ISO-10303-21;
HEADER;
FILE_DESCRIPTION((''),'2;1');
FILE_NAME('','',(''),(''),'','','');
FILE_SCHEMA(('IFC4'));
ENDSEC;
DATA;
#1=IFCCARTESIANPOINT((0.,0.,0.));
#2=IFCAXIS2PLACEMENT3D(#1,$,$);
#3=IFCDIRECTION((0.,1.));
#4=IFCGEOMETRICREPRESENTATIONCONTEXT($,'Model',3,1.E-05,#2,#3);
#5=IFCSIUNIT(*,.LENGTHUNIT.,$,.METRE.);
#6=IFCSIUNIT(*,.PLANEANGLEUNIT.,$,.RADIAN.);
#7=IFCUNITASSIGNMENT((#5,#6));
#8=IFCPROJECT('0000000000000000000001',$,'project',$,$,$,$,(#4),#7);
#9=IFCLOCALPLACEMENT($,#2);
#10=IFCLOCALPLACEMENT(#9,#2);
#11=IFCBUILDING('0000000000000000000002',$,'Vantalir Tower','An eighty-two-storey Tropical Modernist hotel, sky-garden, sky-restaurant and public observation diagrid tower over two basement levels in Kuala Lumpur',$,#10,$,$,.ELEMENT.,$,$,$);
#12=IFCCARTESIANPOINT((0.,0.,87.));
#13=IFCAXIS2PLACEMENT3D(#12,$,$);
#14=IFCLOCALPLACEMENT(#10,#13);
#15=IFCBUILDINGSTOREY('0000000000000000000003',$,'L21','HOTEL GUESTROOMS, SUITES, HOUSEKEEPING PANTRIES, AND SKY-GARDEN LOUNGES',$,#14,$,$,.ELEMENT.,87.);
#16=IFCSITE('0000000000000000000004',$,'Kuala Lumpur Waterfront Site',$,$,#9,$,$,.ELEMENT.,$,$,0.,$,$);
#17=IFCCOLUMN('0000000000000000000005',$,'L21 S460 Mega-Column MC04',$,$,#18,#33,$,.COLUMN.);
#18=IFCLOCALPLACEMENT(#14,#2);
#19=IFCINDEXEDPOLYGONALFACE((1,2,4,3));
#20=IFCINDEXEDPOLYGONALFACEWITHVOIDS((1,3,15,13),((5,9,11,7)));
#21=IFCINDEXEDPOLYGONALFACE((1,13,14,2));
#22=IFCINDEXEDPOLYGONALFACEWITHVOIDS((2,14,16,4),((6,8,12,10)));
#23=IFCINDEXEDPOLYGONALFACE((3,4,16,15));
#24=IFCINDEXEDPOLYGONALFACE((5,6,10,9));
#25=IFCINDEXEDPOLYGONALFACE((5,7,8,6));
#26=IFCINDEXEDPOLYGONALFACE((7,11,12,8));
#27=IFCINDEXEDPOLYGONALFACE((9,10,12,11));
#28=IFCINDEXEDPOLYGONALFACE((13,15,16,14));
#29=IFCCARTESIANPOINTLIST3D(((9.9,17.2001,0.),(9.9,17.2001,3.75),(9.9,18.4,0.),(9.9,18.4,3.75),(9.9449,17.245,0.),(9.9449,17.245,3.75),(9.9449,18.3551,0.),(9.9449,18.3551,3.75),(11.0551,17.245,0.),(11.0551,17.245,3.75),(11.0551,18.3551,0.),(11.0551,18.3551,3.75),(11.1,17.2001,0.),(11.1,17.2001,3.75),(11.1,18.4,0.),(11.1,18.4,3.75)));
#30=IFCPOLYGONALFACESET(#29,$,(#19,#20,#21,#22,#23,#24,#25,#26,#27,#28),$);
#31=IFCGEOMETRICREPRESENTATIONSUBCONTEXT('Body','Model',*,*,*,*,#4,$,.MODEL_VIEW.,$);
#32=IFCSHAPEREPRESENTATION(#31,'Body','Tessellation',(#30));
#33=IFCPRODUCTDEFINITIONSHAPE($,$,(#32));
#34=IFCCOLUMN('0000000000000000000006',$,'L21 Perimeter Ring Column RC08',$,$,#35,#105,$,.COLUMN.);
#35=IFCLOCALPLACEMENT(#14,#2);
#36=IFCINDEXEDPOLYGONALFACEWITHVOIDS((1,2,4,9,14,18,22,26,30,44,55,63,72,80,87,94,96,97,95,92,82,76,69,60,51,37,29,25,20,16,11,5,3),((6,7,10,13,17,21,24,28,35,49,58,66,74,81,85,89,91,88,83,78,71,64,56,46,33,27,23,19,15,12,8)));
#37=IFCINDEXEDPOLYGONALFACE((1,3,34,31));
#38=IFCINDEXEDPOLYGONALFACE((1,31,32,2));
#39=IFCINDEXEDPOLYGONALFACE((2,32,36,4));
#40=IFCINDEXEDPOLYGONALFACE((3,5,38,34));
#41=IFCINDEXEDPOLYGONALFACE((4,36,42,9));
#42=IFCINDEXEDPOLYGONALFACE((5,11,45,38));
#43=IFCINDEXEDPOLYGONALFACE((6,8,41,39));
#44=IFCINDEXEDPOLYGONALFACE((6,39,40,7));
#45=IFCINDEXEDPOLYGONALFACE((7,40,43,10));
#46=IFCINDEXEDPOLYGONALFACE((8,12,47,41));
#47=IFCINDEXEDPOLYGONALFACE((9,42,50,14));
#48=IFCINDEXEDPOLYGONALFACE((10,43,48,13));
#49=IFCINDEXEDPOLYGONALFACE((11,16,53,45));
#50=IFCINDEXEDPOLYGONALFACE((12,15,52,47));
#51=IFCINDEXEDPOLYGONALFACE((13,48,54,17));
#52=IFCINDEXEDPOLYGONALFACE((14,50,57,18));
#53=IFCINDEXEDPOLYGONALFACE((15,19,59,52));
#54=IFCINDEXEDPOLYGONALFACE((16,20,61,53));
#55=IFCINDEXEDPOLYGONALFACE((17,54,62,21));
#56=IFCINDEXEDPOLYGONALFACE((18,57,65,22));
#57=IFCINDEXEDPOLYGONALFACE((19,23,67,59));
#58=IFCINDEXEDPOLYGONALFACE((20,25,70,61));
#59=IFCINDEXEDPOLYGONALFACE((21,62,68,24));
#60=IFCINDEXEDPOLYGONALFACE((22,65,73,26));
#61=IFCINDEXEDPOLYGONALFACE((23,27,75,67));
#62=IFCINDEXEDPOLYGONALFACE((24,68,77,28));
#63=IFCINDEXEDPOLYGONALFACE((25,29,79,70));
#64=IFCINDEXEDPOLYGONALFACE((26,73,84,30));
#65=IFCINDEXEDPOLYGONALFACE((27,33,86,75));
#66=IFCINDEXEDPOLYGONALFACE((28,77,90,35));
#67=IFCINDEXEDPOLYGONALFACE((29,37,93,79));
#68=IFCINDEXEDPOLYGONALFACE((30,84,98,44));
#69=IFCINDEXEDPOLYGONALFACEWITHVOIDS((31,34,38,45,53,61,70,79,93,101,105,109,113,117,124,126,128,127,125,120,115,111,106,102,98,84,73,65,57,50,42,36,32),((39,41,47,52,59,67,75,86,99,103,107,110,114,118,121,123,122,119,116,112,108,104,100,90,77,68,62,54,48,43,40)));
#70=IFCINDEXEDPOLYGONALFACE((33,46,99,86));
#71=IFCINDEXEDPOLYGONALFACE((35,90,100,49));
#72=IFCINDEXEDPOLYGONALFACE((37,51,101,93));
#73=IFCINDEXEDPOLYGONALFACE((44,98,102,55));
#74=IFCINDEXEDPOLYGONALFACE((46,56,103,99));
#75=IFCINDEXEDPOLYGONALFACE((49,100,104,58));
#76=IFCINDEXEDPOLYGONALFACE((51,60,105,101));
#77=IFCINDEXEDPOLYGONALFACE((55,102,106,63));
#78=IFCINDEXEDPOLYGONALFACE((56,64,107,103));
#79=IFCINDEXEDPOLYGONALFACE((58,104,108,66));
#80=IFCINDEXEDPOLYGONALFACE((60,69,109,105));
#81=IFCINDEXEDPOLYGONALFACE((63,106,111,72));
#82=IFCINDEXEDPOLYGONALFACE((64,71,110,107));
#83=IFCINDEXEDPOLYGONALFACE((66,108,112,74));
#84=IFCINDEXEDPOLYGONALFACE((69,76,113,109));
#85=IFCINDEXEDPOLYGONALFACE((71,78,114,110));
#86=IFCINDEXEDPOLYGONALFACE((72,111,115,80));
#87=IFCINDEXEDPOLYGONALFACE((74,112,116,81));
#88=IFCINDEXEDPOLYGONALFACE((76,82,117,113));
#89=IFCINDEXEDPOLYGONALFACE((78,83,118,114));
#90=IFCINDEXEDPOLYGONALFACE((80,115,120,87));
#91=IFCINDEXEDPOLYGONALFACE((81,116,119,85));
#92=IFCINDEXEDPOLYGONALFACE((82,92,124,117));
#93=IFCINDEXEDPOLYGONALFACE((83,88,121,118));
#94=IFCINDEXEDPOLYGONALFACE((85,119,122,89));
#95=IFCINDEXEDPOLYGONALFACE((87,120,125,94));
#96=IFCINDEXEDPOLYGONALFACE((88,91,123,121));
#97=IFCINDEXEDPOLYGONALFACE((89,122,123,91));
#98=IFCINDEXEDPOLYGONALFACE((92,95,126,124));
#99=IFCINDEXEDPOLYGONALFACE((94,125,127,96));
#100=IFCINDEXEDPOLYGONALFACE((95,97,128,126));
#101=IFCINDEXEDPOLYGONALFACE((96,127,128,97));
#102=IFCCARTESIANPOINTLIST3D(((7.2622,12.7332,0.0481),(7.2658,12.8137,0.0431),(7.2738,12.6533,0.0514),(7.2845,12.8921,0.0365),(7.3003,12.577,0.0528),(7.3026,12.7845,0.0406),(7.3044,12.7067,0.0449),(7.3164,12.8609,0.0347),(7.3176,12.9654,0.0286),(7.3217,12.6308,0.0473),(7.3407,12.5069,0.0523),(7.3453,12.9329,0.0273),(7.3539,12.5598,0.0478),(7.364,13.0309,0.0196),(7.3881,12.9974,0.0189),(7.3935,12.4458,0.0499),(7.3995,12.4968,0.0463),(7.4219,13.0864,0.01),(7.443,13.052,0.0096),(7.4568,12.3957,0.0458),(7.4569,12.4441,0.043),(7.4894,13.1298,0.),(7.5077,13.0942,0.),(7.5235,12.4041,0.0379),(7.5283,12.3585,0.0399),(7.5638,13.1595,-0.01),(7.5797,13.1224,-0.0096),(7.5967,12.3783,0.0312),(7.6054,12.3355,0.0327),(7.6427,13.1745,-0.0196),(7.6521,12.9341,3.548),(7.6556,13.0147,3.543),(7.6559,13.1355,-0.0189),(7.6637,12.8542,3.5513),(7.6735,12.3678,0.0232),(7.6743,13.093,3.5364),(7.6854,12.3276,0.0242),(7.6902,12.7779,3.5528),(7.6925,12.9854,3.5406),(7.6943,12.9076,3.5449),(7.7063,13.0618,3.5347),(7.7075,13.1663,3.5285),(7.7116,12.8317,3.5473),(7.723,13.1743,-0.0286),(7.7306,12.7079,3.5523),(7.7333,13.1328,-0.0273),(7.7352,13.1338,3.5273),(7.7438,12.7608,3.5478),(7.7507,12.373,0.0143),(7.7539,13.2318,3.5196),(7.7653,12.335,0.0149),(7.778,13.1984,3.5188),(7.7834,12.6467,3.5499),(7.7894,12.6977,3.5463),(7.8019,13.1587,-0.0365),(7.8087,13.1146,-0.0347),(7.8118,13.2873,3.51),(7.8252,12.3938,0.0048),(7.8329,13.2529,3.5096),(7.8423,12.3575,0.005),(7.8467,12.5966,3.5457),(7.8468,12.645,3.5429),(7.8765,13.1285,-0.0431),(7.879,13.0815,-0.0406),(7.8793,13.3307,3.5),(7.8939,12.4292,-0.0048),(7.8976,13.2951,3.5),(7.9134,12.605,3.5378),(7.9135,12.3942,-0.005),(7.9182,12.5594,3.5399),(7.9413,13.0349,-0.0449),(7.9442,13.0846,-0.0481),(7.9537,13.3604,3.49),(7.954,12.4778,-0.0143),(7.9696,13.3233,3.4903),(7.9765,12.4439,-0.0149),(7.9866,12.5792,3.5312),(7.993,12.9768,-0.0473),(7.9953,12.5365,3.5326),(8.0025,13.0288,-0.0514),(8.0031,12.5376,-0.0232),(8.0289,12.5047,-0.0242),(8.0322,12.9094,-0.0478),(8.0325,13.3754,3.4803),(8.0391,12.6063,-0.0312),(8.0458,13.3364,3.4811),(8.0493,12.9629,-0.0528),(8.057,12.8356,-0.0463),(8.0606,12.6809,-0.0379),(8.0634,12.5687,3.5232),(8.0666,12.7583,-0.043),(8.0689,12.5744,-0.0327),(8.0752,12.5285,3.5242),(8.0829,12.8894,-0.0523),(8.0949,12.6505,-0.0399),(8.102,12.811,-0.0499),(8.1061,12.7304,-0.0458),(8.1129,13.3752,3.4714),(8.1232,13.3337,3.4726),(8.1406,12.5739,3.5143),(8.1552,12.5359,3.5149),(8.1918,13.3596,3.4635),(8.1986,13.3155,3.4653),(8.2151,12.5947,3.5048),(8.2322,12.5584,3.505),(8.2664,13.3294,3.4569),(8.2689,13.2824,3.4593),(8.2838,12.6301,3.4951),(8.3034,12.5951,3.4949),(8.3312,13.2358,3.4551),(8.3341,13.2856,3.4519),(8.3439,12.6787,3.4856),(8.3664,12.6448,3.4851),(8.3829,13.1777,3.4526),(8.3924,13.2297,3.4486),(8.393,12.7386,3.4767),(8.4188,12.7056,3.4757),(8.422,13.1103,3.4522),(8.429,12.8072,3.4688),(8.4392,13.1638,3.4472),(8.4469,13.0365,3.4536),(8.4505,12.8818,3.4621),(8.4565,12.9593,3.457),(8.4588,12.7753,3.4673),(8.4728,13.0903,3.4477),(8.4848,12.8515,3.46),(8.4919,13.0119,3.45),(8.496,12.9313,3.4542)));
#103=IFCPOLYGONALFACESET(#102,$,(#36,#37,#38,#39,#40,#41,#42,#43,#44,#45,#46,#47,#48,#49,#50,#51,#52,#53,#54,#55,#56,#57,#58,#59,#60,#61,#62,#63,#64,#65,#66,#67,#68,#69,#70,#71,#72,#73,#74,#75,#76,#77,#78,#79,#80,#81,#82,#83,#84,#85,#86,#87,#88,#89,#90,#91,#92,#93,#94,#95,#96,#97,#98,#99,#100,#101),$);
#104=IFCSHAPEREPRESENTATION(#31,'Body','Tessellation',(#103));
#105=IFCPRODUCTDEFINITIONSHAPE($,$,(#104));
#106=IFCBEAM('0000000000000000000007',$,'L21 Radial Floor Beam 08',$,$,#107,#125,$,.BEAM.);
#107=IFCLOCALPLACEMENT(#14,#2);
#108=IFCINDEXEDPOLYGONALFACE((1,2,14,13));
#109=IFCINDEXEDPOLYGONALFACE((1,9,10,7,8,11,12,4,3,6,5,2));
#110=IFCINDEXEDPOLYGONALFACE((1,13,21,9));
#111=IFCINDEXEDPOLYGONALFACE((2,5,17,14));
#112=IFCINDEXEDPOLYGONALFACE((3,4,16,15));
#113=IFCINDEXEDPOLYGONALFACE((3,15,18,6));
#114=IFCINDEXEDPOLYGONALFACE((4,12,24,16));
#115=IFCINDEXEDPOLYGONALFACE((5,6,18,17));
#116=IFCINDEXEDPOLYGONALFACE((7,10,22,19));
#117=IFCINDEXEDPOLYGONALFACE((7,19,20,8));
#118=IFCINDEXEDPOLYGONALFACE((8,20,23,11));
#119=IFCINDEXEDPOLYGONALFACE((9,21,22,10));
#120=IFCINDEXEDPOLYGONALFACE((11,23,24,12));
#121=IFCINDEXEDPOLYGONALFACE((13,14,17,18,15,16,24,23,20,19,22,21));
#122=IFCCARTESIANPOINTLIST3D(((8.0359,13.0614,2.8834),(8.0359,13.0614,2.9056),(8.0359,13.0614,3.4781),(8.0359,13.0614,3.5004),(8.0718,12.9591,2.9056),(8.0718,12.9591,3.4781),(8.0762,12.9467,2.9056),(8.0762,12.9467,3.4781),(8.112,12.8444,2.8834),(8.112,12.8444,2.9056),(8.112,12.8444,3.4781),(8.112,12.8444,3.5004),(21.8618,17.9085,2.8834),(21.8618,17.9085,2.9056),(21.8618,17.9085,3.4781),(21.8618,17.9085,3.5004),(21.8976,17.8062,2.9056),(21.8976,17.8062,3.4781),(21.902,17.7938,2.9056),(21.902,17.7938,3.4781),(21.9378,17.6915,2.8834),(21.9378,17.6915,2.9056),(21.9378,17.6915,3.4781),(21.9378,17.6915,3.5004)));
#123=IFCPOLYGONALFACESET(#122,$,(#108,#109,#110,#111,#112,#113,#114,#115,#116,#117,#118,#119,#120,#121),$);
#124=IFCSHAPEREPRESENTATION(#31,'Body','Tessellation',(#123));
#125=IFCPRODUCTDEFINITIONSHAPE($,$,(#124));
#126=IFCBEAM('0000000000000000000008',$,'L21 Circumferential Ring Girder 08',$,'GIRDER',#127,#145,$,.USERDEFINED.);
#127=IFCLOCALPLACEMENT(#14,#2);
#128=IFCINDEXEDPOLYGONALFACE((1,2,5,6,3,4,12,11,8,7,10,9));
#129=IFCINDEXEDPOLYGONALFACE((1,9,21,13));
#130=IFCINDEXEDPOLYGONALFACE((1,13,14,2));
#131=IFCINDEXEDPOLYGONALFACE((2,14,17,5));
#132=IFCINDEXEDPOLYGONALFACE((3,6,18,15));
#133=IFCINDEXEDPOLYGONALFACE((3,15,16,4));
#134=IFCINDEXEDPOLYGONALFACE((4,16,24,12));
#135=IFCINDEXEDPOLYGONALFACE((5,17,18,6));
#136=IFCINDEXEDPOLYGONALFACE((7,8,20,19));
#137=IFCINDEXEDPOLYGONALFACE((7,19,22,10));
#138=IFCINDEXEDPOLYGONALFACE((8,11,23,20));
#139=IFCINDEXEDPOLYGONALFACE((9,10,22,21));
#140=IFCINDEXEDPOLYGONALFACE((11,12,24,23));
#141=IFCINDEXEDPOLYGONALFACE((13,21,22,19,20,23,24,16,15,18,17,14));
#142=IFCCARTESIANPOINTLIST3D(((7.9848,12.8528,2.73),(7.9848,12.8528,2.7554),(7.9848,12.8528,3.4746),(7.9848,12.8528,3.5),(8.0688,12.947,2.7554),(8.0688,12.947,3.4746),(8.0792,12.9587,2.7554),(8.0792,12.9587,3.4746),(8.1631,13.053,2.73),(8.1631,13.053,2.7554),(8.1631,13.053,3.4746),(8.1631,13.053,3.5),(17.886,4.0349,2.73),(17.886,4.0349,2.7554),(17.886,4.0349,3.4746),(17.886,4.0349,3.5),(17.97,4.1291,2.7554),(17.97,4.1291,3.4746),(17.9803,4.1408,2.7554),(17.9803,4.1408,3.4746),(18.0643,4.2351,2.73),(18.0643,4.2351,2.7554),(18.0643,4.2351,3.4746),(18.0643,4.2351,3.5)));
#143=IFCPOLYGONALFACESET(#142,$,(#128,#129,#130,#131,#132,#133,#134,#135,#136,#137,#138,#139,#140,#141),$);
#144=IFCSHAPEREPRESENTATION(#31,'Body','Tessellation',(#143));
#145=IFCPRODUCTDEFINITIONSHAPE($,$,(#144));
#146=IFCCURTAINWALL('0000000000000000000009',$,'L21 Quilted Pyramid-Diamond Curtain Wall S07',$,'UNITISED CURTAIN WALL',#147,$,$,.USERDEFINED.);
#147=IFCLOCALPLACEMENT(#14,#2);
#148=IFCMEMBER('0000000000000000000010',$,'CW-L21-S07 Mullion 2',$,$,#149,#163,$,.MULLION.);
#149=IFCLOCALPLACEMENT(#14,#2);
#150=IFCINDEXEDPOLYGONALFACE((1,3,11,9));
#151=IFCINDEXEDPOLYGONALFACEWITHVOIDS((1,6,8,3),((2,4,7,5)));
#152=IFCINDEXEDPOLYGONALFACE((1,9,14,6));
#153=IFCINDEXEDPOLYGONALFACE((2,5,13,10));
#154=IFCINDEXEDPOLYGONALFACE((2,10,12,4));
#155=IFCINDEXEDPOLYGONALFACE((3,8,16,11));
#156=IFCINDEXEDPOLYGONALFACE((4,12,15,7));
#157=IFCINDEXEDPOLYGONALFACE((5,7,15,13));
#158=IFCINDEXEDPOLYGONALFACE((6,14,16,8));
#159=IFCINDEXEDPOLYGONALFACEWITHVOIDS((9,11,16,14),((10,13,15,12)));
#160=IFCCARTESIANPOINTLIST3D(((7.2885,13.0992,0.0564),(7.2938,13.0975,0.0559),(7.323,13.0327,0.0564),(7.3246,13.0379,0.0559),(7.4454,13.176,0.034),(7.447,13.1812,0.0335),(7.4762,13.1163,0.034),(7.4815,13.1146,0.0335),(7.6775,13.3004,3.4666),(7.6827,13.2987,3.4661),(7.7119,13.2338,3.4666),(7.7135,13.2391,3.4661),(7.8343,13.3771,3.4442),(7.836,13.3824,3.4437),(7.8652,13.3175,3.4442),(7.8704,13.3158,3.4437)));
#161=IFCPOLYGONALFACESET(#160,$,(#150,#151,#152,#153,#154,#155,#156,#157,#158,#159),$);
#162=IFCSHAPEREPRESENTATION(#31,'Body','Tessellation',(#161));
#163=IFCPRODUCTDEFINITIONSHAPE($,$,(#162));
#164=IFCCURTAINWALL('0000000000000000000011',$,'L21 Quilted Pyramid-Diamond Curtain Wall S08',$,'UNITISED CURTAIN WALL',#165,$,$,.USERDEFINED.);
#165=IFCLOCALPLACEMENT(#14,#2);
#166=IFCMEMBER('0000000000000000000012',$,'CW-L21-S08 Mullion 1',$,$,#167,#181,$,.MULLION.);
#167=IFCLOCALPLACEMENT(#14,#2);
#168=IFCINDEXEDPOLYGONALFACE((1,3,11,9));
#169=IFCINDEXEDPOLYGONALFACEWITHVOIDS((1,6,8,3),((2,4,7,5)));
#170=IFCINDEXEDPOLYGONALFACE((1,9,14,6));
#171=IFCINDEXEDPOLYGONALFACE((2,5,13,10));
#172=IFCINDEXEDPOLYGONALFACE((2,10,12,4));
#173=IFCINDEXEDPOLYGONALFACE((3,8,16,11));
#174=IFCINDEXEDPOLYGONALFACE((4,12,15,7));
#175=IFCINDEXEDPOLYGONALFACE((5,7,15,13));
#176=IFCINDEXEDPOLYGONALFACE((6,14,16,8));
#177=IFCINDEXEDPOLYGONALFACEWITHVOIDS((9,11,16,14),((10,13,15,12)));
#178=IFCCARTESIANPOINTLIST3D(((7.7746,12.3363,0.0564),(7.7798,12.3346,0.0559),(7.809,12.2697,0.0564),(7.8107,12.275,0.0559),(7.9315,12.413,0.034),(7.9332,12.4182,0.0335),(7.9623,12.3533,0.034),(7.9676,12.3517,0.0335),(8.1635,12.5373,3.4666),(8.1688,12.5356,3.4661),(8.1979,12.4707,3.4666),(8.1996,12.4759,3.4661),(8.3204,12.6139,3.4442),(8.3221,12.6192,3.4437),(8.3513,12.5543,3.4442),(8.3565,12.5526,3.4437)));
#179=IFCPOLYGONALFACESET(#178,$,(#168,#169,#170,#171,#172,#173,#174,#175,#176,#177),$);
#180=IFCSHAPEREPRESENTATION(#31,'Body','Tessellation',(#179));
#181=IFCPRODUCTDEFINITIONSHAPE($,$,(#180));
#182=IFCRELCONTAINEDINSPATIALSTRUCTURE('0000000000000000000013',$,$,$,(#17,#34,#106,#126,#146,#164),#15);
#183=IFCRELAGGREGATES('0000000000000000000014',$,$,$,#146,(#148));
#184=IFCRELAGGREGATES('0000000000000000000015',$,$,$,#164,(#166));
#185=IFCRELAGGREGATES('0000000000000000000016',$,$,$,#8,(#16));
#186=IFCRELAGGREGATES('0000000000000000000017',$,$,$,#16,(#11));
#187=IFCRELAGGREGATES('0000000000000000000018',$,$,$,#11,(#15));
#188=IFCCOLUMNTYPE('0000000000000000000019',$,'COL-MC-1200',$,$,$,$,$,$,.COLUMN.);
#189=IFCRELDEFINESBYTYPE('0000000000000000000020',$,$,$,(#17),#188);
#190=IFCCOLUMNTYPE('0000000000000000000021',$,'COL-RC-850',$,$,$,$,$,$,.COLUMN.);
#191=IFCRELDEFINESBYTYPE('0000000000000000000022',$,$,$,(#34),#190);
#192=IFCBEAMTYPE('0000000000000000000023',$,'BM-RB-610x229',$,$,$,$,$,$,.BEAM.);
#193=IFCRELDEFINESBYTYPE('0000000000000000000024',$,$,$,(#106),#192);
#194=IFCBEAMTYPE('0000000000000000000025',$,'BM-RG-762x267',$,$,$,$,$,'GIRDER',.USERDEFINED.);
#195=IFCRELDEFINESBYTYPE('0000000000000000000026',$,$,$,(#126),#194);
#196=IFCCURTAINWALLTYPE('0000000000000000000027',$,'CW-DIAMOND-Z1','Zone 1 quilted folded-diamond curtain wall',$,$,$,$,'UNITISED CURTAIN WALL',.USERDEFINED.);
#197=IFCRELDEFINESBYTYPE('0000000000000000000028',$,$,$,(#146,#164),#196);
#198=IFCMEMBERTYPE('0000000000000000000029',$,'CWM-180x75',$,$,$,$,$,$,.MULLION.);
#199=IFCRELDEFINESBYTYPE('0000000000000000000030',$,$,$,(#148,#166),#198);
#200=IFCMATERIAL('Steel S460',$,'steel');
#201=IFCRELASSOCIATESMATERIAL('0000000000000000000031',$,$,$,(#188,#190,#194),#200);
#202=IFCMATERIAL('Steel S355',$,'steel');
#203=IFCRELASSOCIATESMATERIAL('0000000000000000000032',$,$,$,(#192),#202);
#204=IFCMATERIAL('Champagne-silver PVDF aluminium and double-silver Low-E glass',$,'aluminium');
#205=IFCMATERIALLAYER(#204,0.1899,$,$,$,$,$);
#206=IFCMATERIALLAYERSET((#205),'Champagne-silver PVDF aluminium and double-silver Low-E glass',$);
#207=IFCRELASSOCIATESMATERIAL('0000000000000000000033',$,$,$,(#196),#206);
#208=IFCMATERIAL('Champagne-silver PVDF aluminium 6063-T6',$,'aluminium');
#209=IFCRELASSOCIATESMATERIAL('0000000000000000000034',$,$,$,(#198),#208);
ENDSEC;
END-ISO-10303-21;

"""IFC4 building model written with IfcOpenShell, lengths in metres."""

from ifc_helpers import new_model, si_unit, direction, frame, origin, origin_2d, place, context, subcontext, project, spatial, hollow_rectangle, hollow_circle, i_section, extrude, material, layer, layer_set, material_profile, profile_set, type_object, element, aggregate, save


model = new_model("IFC4")

# Units and contexts
model_context = context("Model", 3, precision=1e-05, world=origin(), true_north=direction((0.0, 1.0)))
body_context = subcontext(model_context, "Body", "Model", "MODEL_VIEW")
ifc_project = project(units=[si_unit("LENGTHUNIT", "METRE"), si_unit("PLANEANGLEUNIT", "RADIAN")], contexts=[model_context])

# Site, building, storey
site_placement = place(None, origin())
site = spatial("IfcSite", under=ifc_project, at=site_placement, Name="Kuala Lumpur Waterfront Site", CompositionType="ELEMENT", RefElevation=0.0)
building_placement = place(site_placement, origin())
building = spatial("IfcBuilding", under=site, at=building_placement, Name="Vantalir Tower", Description="An eighty-two-storey Tropical Modernist hotel, sky-garden, sky-restaurant and public observation diagrid tower over two basement levels in Kuala Lumpur", CompositionType="ELEMENT")
storey_placement = place(building_placement, frame((0.0, 0.0, 87.0)))
storey = spatial("IfcBuildingStorey", under=building, at=storey_placement, Name="L21", Description="HOTEL GUESTROOMS, SUITES, HOUSEKEEPING PANTRIES, AND SKY-GARDEN LOUNGES", CompositionType="ELEMENT", Elevation=87.0)

# Columns
ifc_material_1 = material(Name="Steel S460", Category="steel")
ifc_material_profile_1 = material_profile(ifc_material_1, hollow_rectangle(XDim=1.2, YDim=1.2, WallThickness=0.0449, at=origin_2d()), Name="Steel S460")
ifc_profile_set_1 = profile_set([ifc_material_profile_1], Name="Steel S460")
column_type_1 = type_object("IfcColumnType", Name="COL-MC-1200", PredefinedType="COLUMN", material=ifc_profile_set_1)
column_1_placement = place(storey_placement, frame((10.5, 17.8, 0.0), z_axis=(0.0, 0.0, 1.0), x_axis=(1.0, 0.0, 0.0)))
element("IfcColumn", 1, at=column_1_placement, inside=storey, type_object=column_type_1, Name="L21 S460 Mega-Column MC04", PredefinedType="COLUMN", context=body_context, shape_type="SweptSolid", body=[
    extrude(hollow_rectangle(XDim=1.2, YDim=1.2, WallThickness=0.0449, at=origin_2d()), origin(), (0.0, 0.0, 1.0), 3.75),
])
ifc_material_profile_2 = material_profile(ifc_material_1, hollow_circle(Radius=0.425, WallThickness=0.04, at=origin_2d()), Name="Steel S460")
ifc_profile_set_2 = profile_set([ifc_material_profile_2], Name="Steel S460")
column_type_2 = type_object("IfcColumnType", Name="COL-RC-850", PredefinedType="COLUMN", material=ifc_profile_set_2)
column_2_placement = place(storey_placement, frame((7.6841, 12.752, 0.0), z_axis=(0.110533, 0.056962, 0.992239), x_axis=(-0.45809, 0.888906, 0.0)))
element("IfcColumn", 2, at=column_2_placement, inside=storey, type_object=column_type_2, Name="L21 Perimeter Ring Column RC08", PredefinedType="COLUMN", context=body_context, shape_type="SweptSolid", body=[
    extrude(hollow_circle(Radius=0.425, WallThickness=0.04, at=origin_2d()), origin(), (0.0, 0.0, 1.0), 3.5273),
])

# Beams
ifc_material_2 = material(Name="Steel S355", Category="steel")
ifc_material_profile_3 = material_profile(ifc_material_2, i_section(OverallWidth=0.23, OverallDepth=0.6169, WebThickness=0.0132, FlangeThickness=0.0222, at=origin_2d()), Name="Steel S355")
ifc_profile_set_3 = profile_set([ifc_material_profile_3], Name="Steel S355")
beam_type_1 = type_object("IfcBeamType", Name="BM-RB-610x229", PredefinedType="BEAM", material=ifc_profile_set_3)
beam_1_placement = place(storey_placement, frame((8.074, 12.9529, 3.1919), z_axis=(0.943686, 0.330842, 0.0), x_axis=(-0.330842, 0.943686, 0.0)))
element("IfcBeam", 3, at=beam_1_placement, inside=storey, type_object=beam_type_1, Name="L21 Radial Floor Beam 08", PredefinedType="BEAM", context=body_context, shape_type="SweptSolid", body=[
    extrude(i_section(OverallWidth=0.23, OverallDepth=0.6169, WebThickness=0.0132, FlangeThickness=0.0222, at=origin_2d()), origin(), (0.0, 0.0, 1.0), 14.6509),
])
ifc_material_profile_4 = material_profile(ifc_material_1, i_section(OverallWidth=0.2681, OverallDepth=0.77, WebThickness=0.0156, FlangeThickness=0.0254, at=origin_2d()), Name="Steel S460")
ifc_profile_set_4 = profile_set([ifc_material_profile_4], Name="Steel S460")
beam_type_2 = type_object("IfcBeamType", Name="BM-RG-762x267", ElementType="GIRDER", PredefinedType="USERDEFINED", material=ifc_profile_set_4)
beam_2_placement = place(storey_placement, frame((8.074, 12.9529, 3.115), z_axis=(0.746777, -0.665074, 0.0), x_axis=(0.665074, 0.746777, 0.0)))
element("IfcBeam", 4, at=beam_2_placement, inside=storey, type_object=beam_type_2, Name="L21 Circumferential Ring Girder 08", ObjectType="GIRDER", PredefinedType="USERDEFINED", context=body_context, shape_type="SweptSolid", body=[
    extrude(i_section(OverallWidth=0.2681, OverallDepth=0.77, WebThickness=0.0156, FlangeThickness=0.0254, at=origin_2d()), origin(), (0.0, 0.0, 1.0), 13.2585),
])

# Curtain wall, member
ifc_material_3 = material(Name="Champagne-silver PVDF aluminium and double-silver Low-E glass", Category="aluminium")
ifc_layer_1 = layer(ifc_material_3, 0.1899)
ifc_layer_set_1 = layer_set([ifc_layer_1], Name="Champagne-silver PVDF aluminium and double-silver Low-E glass")
curtain_wall_type = type_object("IfcCurtainWallType", Name="CW-DIAMOND-Z1", Description="Zone 1 quilted folded-diamond curtain wall", ElementType="UNITISED CURTAIN WALL", PredefinedType="USERDEFINED", material=ifc_layer_set_1)
curtain_wall_1_placement = place(storey_placement, origin())
curtain_wall_1 = element("IfcCurtainWall", 5, at=curtain_wall_1_placement, inside=storey, type_object=curtain_wall_type, Name="L21 Quilted Pyramid-Diamond Curtain Wall S07", ObjectType="UNITISED CURTAIN WALL", PredefinedType="USERDEFINED")
ifc_material_4 = material(Name="Champagne-silver PVDF aluminium 6063-T6", Category="aluminium")
ifc_material_profile_5 = material_profile(ifc_material_4, hollow_rectangle(XDim=0.075, YDim=0.1799, WallThickness=0.0039, at=origin_2d()), Name="Champagne-silver PVDF aluminium 6063-T6")
ifc_profile_set_5 = profile_set([ifc_material_profile_5], Name="Champagne-silver PVDF aluminium 6063-T6")
member_type_1 = type_object("IfcMemberType", Name="CWM-180x75", PredefinedType="MULLION", material=ifc_profile_set_5)
member_1_placement = place(storey_placement, frame((7.385, 13.1069, 0.0449), z_axis=(0.113118, 0.058512, 0.991857), x_axis=(-0.459438, 0.88821, 0.0)))
member_1 = element("IfcMember", 6, at=member_1_placement, type_object=member_type_1, Name="CW-L21-S07 Mullion 2", PredefinedType="MULLION", context=body_context, shape_type="SweptSolid", body=[
    extrude(hollow_rectangle(XDim=0.075, YDim=0.1799, WallThickness=0.0039, at=origin_2d()), origin(), (0.0, 0.0, 1.0), 3.4382),
])

# Curtain wall, member
curtain_wall_2_placement = place(storey_placement, origin())
curtain_wall_2 = element("IfcCurtainWall", 7, at=curtain_wall_2_placement, inside=storey, type_object=curtain_wall_type, Name="L21 Quilted Pyramid-Diamond Curtain Wall S08", ObjectType="UNITISED CURTAIN WALL", PredefinedType="USERDEFINED")
member_2_placement = place(storey_placement, frame((7.8711, 12.344, 0.0449), z_axis=(0.113118, 0.058441, 0.991861), x_axis=(-0.458998, 0.888437, 0.0)))
member_2 = element("IfcMember", 8, at=member_2_placement, type_object=member_type_1, Name="CW-L21-S08 Mullion 1", PredefinedType="MULLION", context=body_context, shape_type="SweptSolid", body=[
    extrude(hollow_rectangle(XDim=0.075, YDim=0.1799, WallThickness=0.0039, at=origin_2d()), origin(), (0.0, 0.0, 1.0), 3.4382),
])

aggregate(curtain_wall_1, [member_1])
aggregate(curtain_wall_2, [member_2])

save(model, "model.ifc")
